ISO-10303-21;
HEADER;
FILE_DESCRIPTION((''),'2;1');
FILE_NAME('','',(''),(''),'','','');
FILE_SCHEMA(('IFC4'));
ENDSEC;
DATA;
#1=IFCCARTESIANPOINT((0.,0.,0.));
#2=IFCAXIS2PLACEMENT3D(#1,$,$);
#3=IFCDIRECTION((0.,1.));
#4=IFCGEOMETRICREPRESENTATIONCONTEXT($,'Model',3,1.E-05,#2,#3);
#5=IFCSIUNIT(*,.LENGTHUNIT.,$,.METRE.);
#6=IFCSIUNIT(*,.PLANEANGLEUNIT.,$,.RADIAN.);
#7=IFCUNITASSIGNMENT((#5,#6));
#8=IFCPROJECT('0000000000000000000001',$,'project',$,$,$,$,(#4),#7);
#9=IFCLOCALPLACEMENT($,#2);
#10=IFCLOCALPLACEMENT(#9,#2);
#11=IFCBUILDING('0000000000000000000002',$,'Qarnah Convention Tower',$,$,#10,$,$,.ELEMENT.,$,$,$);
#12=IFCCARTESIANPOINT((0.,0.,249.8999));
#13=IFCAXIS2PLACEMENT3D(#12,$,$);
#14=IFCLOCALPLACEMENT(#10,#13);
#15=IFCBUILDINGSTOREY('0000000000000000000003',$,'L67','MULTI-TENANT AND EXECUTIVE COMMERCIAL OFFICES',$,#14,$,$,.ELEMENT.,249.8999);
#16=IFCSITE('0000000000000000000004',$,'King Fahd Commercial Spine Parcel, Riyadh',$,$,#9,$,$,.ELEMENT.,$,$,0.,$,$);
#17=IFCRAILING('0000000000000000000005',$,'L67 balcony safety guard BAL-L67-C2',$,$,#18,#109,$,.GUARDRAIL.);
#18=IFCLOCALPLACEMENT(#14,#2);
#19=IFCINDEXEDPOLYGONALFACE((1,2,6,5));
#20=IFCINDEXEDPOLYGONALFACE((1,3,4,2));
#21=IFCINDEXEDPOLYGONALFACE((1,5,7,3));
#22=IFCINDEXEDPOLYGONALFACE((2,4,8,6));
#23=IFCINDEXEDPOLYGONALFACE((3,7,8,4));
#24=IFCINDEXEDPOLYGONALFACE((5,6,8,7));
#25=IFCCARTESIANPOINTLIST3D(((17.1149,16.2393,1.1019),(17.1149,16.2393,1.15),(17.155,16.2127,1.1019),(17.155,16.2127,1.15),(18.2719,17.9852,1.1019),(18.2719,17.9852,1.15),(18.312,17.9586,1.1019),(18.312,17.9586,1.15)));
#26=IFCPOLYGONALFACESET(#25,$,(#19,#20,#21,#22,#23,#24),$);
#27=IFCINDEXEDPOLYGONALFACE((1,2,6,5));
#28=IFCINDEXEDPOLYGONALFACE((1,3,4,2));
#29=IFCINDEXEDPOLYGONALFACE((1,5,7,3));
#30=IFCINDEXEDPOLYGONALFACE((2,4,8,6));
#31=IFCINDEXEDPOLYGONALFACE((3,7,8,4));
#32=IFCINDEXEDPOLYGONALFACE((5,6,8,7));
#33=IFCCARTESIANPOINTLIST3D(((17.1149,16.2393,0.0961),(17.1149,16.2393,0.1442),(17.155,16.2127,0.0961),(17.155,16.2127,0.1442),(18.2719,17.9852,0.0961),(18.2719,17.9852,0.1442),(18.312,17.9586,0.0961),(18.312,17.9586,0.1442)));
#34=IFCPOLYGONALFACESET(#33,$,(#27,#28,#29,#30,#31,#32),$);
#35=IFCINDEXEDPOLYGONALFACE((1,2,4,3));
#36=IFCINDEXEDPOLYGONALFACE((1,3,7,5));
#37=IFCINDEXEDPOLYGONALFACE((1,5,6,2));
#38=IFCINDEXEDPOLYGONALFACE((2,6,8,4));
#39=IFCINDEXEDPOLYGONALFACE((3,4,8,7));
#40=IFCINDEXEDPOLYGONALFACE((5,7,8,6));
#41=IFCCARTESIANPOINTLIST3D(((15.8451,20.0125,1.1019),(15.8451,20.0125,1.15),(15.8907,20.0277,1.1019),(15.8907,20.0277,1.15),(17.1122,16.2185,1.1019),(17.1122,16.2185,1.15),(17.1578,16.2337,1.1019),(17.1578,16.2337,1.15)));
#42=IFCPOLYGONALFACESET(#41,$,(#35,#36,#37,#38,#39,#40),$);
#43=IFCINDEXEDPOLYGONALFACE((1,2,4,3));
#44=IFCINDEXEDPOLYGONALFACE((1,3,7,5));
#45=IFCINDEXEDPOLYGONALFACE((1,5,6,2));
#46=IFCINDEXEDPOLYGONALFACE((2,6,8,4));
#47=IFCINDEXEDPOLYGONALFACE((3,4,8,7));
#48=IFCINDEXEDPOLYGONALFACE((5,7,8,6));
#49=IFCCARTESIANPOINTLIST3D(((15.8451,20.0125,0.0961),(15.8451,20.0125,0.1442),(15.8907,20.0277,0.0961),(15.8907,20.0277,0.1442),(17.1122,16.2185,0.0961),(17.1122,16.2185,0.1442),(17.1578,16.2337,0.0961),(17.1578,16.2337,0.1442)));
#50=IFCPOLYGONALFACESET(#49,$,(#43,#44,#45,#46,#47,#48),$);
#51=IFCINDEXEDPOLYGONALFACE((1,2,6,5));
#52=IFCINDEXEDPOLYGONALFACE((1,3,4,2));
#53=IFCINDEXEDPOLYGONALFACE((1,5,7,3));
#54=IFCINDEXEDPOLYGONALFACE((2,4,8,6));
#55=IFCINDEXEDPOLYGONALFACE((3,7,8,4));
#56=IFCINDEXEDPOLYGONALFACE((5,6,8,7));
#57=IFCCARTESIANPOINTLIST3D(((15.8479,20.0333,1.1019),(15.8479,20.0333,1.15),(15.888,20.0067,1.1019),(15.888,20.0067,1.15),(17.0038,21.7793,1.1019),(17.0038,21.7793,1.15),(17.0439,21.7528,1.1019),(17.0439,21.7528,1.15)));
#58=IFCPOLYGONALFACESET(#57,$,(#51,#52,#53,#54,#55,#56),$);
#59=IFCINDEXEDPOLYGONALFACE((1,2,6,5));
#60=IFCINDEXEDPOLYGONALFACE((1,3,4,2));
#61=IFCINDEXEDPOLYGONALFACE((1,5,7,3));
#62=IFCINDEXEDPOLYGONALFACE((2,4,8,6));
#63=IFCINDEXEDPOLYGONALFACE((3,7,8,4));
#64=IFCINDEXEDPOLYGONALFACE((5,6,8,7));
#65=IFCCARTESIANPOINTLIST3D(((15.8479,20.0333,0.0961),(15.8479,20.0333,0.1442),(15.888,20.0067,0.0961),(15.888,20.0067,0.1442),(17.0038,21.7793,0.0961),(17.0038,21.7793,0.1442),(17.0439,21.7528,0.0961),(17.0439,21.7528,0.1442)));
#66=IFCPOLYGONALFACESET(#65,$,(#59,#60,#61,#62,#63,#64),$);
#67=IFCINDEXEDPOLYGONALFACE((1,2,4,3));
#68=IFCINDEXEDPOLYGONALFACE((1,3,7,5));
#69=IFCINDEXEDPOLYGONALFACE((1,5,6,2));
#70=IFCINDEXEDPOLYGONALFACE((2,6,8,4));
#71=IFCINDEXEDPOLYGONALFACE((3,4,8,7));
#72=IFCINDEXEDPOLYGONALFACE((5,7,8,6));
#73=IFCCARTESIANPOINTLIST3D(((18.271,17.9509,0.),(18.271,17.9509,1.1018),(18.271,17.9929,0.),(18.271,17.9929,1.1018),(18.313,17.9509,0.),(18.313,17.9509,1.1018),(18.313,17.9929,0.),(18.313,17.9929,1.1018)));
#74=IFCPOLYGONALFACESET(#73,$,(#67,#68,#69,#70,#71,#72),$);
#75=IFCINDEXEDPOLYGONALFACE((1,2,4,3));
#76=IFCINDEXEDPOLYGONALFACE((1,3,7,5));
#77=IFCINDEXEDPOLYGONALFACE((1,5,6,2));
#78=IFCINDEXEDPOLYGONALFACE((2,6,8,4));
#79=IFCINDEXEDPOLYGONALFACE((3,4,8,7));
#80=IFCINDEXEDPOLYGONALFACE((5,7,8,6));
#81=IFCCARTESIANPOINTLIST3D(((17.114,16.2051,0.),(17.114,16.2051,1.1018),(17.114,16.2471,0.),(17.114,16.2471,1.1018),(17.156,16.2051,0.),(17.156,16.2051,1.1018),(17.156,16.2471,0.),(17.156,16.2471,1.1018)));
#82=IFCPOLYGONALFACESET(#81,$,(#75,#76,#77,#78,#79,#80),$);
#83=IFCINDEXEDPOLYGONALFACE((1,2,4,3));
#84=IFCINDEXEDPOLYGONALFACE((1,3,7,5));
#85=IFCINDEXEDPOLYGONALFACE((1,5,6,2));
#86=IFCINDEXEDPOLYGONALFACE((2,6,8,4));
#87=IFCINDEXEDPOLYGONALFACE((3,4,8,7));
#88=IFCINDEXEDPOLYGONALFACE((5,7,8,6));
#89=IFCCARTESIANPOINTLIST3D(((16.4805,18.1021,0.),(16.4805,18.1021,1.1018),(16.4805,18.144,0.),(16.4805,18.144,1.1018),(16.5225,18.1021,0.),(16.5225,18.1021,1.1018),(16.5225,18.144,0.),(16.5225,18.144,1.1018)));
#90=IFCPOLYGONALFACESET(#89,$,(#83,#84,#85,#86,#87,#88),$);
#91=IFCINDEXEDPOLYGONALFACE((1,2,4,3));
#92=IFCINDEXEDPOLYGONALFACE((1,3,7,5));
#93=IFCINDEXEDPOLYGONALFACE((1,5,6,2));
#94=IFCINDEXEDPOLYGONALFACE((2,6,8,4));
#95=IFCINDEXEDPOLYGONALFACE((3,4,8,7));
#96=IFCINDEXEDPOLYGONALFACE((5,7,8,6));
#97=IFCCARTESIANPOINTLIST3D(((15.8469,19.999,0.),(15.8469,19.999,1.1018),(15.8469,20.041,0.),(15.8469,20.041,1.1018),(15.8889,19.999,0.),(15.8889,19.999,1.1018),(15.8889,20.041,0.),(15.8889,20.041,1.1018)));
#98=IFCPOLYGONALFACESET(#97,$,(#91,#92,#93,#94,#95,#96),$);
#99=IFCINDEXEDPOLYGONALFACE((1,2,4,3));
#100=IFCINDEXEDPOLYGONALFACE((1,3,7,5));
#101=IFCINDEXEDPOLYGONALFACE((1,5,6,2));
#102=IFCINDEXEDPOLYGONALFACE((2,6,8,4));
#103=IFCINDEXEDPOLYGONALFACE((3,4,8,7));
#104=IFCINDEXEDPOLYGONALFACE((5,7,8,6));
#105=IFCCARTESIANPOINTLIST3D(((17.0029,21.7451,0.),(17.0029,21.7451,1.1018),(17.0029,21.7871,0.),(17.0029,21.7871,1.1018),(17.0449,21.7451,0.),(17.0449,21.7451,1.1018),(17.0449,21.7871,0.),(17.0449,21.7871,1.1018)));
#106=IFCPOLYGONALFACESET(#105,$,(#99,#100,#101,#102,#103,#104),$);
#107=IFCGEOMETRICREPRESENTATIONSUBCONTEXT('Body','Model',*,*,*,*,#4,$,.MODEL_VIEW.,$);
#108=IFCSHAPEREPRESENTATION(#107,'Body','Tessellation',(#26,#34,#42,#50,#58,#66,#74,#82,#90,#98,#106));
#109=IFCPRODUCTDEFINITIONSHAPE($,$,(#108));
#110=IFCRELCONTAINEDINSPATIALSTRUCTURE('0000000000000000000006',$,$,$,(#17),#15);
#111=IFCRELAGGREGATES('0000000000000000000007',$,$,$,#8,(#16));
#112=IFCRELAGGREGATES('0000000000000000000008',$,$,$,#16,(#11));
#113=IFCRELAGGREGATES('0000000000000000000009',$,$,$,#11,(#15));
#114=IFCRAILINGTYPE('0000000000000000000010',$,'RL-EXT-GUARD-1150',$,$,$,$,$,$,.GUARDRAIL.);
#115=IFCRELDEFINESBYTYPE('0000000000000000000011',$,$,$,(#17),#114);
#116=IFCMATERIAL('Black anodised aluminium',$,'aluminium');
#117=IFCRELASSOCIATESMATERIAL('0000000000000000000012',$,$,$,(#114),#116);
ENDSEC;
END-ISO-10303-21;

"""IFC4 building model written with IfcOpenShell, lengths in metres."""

from ifc_helpers import new_model, si_unit, direction, frame, origin, origin_2d, place, context, subcontext, project, spatial, rectangle, extrude, material, type_object, element, save


model = new_model("IFC4")

# Units and contexts
model_context = context("Model", 3, precision=1e-05, world=origin(), true_north=direction((0.0, 1.0)))
body_context = subcontext(model_context, "Body", "Model", "MODEL_VIEW")
ifc_project = project(units=[si_unit("LENGTHUNIT", "METRE"), si_unit("PLANEANGLEUNIT", "RADIAN")], contexts=[model_context])

# Site, building, storey
site_placement = place(None, origin())
site = spatial("IfcSite", under=ifc_project, at=site_placement, Name="King Fahd Commercial Spine Parcel, Riyadh", CompositionType="ELEMENT", RefElevation=0.0)
building_placement = place(site_placement, origin())
building = spatial("IfcBuilding", under=site, at=building_placement, Name="Qarnah Convention Tower", CompositionType="ELEMENT")
storey_placement = place(building_placement, frame((0.0, 0.0, 249.8999)))
storey = spatial("IfcBuildingStorey", under=building, at=storey_placement, Name="L67", Description="MULTI-TENANT AND EXECUTIVE COMMERCIAL OFFICES", CompositionType="ELEMENT", Elevation=249.8999)

# Shared definitions
ifc_material_1 = material(Name="Black anodised aluminium", Category="aluminium")

# Railing
railing_type = type_object("IfcRailingType", Name="RL-EXT-GUARD-1150", PredefinedType="GUARDRAIL", material=ifc_material_1)
railing_1_placement = place(storey_placement, frame((18.292, 17.9719, 0.0)))
element("IfcRailing", 1, at=railing_1_placement, inside=storey, type_object=railing_type, Name="L67 balcony safety guard BAL-L67-C2", PredefinedType="GUARDRAIL", context=body_context, shape_type="SweptSolid", body=[
    extrude(rectangle(XDim=0.0481, YDim=0.0481, at=origin_2d()), frame((0.0, 0.0, 1.126), z_axis=(-0.552412, -0.833571, 0.0), x_axis=(0.833571, -0.552412, 0.0)), (0.0, 0.0, 1.0), 2.0945),
    extrude(rectangle(XDim=0.0481, YDim=0.0481, at=origin_2d()), frame((0.0, 0.0, 0.1201), z_axis=(-0.552412, -0.833571, 0.0), x_axis=(0.833571, -0.552412, 0.0)), (0.0, 0.0, 1.0), 2.0945),
    extrude(rectangle(XDim=0.0481, YDim=0.0481, at=origin_2d()), frame((-1.157, -1.7458, 1.126), z_axis=(-0.316777, 0.9485, 0.0), x_axis=(-0.9485, -0.316777, 0.0)), (0.0, 0.0, 1.0), 4.0),
    extrude(rectangle(XDim=0.0481, YDim=0.0481, at=origin_2d()), frame((-1.157, -1.7458, 0.1201), z_axis=(-0.316777, 0.9485, 0.0), x_axis=(-0.9485, -0.316777, 0.0)), (0.0, 0.0, 1.0), 4.0),
    extrude(rectangle(XDim=0.0481, YDim=0.0481, at=origin_2d()), frame((-2.4241, 2.0481, 1.126), z_axis=(0.552034, 0.833822, 0.0), x_axis=(-0.833822, 0.552034, 0.0)), (0.0, 0.0, 1.0), 2.094),
    extrude(rectangle(XDim=0.0481, YDim=0.0481, at=origin_2d()), frame((-2.4241, 2.0481, 0.1201), z_axis=(0.552034, 0.833822, 0.0), x_axis=(-0.833822, 0.552034, 0.0)), (0.0, 0.0, 1.0), 2.094),
    extrude(rectangle(XDim=0.042, YDim=0.042, at=origin_2d()), origin(), (0.0, 0.0, 1.0), 1.1018),
    extrude(rectangle(XDim=0.042, YDim=0.042, at=origin_2d()), frame((-1.157, -1.7458, 0.0)), (0.0, 0.0, 1.0), 1.1018),
    extrude(rectangle(XDim=0.042, YDim=0.042, at=origin_2d()), frame((-1.7905, 0.1511, 0.0)), (0.0, 0.0, 1.0), 1.1018),
    extrude(rectangle(XDim=0.042, YDim=0.042, at=origin_2d()), frame((-2.4241, 2.0481, 0.0)), (0.0, 0.0, 1.0), 1.1018),
    extrude(rectangle(XDim=0.042, YDim=0.042, at=origin_2d()), frame((-1.2681, 3.7942, 0.0)), (0.0, 0.0, 1.0), 1.1018),
])

save(model, "model.ifc")
